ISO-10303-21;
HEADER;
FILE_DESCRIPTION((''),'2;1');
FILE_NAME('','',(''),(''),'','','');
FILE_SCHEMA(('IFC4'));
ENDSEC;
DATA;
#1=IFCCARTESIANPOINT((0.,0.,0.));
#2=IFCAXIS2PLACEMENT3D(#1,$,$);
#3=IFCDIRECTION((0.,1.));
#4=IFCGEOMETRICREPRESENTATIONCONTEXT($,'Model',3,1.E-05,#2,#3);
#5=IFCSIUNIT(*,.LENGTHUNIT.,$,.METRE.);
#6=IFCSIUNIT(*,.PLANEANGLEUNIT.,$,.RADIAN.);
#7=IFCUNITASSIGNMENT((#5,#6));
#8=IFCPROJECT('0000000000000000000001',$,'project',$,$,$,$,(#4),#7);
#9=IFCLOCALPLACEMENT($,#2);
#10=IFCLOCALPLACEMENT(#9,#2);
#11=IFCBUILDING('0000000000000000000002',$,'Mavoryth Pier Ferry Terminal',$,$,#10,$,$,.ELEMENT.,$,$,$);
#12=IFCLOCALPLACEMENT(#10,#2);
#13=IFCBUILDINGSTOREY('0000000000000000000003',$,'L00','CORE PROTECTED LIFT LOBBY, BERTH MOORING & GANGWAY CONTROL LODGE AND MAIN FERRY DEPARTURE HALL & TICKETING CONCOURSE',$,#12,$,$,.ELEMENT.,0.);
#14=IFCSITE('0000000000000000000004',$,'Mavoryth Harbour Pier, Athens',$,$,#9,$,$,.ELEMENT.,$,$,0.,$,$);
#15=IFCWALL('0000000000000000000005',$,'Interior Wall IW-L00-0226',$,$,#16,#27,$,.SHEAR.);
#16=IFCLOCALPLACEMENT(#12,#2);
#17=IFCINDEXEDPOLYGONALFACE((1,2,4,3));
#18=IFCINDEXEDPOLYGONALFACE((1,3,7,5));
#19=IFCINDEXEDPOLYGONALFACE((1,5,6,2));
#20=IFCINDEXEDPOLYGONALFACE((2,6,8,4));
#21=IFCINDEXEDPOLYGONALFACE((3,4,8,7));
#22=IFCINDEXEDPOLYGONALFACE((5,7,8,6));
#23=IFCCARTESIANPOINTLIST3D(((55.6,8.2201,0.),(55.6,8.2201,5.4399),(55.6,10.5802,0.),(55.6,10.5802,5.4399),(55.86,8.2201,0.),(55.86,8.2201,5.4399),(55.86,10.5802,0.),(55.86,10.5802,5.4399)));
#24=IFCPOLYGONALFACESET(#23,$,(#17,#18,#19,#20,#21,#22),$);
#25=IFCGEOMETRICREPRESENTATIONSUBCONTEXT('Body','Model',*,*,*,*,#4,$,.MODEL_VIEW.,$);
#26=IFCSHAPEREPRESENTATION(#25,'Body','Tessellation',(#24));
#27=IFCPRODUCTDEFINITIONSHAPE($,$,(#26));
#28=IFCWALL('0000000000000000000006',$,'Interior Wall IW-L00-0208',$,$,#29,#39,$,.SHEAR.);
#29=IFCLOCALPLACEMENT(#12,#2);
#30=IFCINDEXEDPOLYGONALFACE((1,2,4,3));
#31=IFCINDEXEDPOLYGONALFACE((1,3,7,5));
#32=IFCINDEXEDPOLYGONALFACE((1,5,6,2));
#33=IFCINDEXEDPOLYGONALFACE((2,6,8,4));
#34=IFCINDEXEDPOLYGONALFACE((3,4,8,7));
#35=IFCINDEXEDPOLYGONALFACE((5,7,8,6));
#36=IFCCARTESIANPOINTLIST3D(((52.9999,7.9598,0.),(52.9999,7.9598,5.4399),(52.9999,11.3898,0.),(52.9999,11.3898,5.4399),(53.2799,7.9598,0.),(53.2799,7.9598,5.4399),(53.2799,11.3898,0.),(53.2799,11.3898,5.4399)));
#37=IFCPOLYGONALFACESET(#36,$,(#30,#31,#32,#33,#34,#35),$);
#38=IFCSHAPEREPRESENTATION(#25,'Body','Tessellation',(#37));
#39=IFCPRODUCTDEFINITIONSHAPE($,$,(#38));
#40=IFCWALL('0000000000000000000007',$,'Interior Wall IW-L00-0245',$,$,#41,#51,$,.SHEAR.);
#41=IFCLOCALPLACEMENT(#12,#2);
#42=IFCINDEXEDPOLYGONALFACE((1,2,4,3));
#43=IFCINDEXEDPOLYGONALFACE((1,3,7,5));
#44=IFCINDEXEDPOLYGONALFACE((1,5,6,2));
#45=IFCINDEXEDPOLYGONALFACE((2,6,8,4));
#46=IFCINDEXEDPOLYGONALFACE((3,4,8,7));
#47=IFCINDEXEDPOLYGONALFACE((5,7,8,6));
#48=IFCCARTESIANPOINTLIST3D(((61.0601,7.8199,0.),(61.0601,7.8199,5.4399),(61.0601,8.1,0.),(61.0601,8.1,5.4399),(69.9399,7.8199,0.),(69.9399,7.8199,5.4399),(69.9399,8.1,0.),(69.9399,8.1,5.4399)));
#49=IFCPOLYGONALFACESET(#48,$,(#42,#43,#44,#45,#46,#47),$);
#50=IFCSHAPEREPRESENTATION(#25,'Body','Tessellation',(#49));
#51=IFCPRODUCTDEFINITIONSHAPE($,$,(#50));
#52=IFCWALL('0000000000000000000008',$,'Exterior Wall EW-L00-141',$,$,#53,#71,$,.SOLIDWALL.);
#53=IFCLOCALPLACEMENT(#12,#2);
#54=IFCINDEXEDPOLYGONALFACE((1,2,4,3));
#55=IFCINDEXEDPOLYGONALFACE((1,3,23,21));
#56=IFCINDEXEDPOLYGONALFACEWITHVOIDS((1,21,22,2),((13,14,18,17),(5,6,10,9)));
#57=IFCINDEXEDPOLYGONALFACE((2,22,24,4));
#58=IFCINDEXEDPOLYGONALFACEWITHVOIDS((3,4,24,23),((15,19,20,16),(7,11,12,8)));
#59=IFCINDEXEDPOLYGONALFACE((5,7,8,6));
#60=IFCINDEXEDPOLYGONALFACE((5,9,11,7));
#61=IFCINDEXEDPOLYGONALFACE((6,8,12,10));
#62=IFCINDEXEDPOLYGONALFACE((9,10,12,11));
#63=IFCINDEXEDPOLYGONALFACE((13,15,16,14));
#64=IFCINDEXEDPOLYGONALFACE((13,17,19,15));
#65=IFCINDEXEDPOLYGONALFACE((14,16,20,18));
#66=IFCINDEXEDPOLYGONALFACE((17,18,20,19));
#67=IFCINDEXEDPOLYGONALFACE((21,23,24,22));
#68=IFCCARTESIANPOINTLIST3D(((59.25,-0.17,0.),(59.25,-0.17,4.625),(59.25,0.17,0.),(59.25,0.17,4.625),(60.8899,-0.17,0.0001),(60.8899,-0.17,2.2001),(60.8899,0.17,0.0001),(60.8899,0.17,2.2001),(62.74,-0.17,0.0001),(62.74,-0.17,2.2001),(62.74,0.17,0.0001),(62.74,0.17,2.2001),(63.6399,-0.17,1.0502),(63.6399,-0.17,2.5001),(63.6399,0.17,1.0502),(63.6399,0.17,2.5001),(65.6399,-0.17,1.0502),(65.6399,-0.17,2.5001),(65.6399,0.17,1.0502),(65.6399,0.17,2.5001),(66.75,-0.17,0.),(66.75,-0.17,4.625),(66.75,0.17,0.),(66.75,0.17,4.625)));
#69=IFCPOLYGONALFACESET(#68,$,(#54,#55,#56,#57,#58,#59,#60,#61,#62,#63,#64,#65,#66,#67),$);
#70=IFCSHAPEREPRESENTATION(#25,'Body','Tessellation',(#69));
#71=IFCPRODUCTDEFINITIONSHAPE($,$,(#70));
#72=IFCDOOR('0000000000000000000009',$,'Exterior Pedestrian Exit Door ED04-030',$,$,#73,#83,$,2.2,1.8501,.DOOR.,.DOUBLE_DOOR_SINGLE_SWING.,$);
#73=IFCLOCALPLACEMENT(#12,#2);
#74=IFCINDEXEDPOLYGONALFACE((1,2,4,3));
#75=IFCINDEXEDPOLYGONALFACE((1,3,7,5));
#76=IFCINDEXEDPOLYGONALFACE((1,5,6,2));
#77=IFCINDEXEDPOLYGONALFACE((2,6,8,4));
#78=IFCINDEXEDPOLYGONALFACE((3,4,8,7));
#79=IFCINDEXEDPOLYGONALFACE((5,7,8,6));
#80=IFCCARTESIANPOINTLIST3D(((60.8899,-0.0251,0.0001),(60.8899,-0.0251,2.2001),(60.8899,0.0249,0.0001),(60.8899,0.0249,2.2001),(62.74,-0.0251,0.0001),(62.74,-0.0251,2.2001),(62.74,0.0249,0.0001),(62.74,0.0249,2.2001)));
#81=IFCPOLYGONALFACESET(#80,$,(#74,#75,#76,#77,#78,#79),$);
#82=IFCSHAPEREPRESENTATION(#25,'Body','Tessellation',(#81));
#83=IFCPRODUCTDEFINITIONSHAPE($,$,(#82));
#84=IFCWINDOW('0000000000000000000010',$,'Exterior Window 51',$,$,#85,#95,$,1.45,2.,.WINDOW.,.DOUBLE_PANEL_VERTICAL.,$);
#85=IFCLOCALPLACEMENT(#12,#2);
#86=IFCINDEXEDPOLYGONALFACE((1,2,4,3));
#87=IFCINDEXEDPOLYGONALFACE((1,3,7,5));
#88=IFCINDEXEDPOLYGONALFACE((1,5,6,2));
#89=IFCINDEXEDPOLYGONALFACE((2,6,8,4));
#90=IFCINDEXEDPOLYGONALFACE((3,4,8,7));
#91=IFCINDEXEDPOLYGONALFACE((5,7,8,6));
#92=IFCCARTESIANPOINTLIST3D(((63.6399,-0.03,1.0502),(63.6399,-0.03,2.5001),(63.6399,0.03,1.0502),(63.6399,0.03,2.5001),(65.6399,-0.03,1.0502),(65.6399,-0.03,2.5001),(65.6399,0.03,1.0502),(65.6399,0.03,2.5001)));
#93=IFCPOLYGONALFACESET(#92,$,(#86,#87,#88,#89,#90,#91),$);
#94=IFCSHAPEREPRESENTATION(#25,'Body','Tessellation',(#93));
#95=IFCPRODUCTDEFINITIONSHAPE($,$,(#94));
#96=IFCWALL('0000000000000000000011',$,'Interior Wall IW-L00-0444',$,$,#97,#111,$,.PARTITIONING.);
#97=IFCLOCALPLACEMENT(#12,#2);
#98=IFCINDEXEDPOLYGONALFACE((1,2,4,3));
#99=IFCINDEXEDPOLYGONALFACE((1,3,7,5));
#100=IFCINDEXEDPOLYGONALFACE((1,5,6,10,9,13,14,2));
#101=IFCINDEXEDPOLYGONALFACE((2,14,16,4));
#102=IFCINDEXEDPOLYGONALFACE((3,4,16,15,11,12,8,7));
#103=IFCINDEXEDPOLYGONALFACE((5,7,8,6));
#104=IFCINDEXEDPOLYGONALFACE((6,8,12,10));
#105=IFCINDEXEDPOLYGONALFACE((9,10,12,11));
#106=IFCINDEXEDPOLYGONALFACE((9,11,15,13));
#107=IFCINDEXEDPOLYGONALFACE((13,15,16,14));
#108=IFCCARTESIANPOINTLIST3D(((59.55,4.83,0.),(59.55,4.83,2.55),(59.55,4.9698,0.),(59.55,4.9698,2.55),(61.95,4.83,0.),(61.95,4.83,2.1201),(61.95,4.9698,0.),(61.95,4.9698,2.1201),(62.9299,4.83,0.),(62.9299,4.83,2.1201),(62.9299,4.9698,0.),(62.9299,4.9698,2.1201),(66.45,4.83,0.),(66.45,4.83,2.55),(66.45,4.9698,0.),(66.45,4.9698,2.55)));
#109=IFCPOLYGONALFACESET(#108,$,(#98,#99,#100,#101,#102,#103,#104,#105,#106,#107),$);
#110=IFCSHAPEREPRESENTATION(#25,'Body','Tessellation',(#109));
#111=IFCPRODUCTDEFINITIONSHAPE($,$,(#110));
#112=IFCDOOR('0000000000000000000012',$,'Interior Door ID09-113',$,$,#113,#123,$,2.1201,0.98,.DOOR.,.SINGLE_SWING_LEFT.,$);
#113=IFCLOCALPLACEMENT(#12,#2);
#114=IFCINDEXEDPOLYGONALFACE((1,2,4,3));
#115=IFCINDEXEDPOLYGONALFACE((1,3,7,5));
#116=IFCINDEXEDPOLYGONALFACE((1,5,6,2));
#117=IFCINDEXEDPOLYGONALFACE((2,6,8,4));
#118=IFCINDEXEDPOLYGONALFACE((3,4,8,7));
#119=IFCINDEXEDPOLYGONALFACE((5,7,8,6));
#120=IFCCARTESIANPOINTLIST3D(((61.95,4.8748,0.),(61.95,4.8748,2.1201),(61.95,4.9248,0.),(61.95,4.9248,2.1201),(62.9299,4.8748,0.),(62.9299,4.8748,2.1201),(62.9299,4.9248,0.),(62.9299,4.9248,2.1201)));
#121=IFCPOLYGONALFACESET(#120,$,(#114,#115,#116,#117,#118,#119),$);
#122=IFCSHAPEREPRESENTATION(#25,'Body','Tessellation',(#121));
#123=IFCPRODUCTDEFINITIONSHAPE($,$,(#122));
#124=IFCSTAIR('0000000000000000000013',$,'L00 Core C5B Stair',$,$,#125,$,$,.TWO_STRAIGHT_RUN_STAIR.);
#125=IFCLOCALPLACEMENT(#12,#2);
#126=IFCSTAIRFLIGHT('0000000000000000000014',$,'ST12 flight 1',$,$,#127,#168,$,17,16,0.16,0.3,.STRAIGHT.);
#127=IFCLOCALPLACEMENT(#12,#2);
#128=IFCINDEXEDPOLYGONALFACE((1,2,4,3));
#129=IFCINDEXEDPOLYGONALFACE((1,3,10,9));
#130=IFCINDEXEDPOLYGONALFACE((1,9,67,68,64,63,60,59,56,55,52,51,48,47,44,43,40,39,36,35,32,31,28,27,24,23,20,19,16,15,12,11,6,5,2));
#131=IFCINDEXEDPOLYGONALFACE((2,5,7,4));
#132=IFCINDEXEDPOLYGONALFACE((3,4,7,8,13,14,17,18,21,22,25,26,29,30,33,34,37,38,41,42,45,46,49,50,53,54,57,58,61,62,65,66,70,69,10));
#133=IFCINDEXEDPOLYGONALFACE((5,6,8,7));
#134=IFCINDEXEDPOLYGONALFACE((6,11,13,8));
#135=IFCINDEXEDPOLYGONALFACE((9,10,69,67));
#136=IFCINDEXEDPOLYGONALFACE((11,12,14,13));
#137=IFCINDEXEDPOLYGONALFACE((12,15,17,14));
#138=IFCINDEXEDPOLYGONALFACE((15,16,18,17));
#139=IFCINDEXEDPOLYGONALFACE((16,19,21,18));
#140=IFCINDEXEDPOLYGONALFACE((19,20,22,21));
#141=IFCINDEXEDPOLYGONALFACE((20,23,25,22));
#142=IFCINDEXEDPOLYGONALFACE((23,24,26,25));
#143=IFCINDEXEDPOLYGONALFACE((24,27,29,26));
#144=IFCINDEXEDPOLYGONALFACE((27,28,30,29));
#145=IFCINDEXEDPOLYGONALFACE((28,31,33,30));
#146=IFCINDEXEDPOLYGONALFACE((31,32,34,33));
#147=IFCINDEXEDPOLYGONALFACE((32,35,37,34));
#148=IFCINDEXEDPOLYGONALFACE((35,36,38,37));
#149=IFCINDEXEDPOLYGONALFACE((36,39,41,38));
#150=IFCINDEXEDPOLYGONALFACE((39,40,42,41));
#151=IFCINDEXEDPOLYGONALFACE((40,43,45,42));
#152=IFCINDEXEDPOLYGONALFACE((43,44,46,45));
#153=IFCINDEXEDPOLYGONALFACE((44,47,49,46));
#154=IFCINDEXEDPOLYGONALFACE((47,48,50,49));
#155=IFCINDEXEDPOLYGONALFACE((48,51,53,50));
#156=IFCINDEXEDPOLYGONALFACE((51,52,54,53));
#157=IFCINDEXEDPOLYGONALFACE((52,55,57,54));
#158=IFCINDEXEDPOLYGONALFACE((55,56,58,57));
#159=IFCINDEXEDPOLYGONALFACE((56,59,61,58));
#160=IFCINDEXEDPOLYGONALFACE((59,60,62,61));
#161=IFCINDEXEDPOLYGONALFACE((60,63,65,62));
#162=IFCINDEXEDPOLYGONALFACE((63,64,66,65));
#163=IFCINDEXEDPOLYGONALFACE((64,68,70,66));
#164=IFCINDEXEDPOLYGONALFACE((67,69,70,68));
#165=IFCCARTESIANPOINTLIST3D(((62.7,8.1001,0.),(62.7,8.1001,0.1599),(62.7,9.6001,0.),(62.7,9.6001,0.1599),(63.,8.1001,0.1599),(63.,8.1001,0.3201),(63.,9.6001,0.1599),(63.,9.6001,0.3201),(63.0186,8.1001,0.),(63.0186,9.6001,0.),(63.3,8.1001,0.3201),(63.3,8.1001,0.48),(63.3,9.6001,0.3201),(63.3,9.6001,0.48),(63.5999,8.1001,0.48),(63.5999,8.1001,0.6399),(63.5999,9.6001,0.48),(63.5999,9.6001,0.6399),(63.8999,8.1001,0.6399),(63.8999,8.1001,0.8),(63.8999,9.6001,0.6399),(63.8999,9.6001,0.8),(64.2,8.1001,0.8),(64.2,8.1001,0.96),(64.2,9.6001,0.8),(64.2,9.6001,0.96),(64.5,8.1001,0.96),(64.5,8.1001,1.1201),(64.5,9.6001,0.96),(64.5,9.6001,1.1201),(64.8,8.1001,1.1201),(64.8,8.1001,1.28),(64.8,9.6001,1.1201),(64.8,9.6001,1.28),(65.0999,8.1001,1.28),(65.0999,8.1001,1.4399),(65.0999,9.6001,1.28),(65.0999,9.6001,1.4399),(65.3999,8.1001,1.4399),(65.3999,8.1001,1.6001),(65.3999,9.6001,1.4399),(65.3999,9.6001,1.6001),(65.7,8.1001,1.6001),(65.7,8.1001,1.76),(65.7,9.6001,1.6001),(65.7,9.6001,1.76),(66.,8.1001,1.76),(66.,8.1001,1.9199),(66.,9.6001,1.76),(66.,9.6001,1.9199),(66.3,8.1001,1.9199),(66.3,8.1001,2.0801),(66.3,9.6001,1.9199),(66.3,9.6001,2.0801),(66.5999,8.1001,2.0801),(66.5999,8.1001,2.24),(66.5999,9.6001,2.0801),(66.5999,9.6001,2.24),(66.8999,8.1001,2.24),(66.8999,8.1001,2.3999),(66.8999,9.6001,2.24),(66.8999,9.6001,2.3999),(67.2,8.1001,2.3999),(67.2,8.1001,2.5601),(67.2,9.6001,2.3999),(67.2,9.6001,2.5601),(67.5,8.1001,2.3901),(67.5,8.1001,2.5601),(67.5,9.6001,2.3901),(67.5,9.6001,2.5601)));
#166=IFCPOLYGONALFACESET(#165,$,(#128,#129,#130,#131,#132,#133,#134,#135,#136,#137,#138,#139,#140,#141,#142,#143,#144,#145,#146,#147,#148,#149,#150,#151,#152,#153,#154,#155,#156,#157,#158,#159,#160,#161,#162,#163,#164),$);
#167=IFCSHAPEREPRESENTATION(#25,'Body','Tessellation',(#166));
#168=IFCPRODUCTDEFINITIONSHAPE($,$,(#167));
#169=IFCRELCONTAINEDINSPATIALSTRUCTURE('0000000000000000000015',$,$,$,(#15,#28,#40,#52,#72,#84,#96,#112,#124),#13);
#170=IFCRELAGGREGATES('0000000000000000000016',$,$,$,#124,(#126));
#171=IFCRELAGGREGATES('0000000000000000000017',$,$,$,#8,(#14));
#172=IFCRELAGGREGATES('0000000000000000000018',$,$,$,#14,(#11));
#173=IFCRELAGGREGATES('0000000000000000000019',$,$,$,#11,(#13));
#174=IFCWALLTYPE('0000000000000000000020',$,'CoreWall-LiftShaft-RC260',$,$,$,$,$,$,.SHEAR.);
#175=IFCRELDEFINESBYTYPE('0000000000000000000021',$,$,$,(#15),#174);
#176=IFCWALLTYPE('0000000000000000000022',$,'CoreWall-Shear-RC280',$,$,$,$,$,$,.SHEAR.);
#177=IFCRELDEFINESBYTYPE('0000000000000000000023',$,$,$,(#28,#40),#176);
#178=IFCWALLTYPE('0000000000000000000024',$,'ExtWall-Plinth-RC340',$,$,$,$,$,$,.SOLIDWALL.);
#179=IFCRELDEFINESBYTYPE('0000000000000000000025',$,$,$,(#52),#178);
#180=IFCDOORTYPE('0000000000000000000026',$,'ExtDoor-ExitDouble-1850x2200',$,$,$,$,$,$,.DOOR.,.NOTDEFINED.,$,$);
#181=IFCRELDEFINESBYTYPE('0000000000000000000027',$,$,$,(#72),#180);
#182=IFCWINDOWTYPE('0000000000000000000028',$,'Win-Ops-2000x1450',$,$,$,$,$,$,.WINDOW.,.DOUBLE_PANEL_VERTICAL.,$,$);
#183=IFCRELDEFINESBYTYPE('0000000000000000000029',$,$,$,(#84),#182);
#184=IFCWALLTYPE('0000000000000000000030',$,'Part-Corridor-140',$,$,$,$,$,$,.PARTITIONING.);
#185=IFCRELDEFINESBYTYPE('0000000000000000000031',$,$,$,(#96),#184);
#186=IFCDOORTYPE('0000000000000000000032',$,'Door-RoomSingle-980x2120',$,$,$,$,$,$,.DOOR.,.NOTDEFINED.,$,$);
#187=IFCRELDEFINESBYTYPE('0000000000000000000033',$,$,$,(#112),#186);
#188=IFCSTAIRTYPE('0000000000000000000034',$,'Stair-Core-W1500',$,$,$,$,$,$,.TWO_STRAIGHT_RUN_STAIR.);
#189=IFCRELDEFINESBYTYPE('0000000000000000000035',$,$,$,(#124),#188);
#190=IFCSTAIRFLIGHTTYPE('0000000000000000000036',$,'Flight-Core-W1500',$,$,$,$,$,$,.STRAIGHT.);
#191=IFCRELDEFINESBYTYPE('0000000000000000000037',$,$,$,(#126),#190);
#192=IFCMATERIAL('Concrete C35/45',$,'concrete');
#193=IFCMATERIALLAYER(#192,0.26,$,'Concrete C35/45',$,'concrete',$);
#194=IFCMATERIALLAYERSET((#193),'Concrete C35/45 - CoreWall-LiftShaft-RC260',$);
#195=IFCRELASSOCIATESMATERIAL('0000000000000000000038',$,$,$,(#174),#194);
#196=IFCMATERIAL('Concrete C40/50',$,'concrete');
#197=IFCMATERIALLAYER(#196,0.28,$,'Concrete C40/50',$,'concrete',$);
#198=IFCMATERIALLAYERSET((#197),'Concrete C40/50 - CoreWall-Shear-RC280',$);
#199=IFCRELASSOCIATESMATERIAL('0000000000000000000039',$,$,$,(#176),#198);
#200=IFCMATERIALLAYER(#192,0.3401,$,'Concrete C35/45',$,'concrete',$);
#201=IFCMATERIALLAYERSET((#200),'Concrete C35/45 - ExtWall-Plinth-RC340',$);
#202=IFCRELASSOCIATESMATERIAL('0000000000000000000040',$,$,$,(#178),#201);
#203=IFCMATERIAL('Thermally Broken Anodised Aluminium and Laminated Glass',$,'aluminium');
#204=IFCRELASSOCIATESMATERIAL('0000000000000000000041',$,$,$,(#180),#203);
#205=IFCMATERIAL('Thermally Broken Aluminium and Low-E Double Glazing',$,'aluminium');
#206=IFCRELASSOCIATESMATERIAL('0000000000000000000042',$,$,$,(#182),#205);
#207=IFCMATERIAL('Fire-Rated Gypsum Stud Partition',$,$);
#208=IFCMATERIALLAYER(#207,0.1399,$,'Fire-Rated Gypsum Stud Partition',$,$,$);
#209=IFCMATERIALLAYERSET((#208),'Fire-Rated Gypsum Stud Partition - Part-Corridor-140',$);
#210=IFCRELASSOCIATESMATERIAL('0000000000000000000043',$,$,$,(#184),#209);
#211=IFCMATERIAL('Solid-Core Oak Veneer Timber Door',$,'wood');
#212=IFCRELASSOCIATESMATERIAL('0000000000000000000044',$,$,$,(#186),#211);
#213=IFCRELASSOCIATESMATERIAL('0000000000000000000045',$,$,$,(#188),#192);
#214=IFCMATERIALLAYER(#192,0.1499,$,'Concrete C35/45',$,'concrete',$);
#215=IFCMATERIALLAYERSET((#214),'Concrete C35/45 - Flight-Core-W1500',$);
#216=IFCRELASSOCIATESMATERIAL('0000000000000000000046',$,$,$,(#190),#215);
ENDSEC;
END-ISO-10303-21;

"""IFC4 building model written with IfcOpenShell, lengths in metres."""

from ifc_helpers import new_model, si_unit, direction, frame, frame_2d, origin, place, context, subcontext, project, spatial, polyline, rectangle, outline, extrude, material, layer, layer_set, type_object, element, fill, aggregate, save


model = new_model("IFC4")

# Units and contexts
model_context = context("Model", 3, precision=1e-05, world=origin(), true_north=direction((0.0, 1.0)))
body_context = subcontext(model_context, "Body", "Model", "MODEL_VIEW")
ifc_project = project(units=[si_unit("LENGTHUNIT", "METRE"), si_unit("PLANEANGLEUNIT", "RADIAN")], contexts=[model_context])

# Site, building, storey
site_placement = place(None, origin())
site = spatial("IfcSite", under=ifc_project, at=site_placement, Name="Mavoryth Harbour Pier, Athens", CompositionType="ELEMENT", RefElevation=0.0)
building_placement = place(site_placement, origin())
building = spatial("IfcBuilding", under=site, at=building_placement, Name="Mavoryth Pier Ferry Terminal", CompositionType="ELEMENT")
storey_placement = place(building_placement, origin())
storey = spatial("IfcBuildingStorey", under=building, at=storey_placement, Name="L00", Description="CORE PROTECTED LIFT LOBBY, BERTH MOORING & GANGWAY CONTROL LODGE AND MAIN FERRY DEPARTURE HALL & TICKETING CONCOURSE", CompositionType="ELEMENT", Elevation=0.0)

# Shared definitions
ifc_material_1 = material(Name="Concrete C35/45", Category="concrete")

# Shared definitions
ifc_material_2 = material(Name="Concrete C40/50", Category="concrete")

# Walls
ifc_layer_1 = layer(ifc_material_1, 0.26, Name="Concrete C35/45", Category="concrete")
ifc_layer_set_1 = layer_set([ifc_layer_1], Name="Concrete C35/45 - CoreWall-LiftShaft-RC260")
wall_type_1 = type_object("IfcWallType", Name="CoreWall-LiftShaft-RC260", PredefinedType="SHEAR", material=ifc_layer_set_1)
wall_1_placement = place(storey_placement, frame((55.73, 8.22, 0.0), z_axis=(0.0, 0.0, 1.0), x_axis=(0.0, 1.0, 0.0)))
element("IfcWall", 1, at=wall_1_placement, inside=storey, type_object=wall_type_1, Name="Interior Wall IW-L00-0226", PredefinedType="SHEAR", context=body_context, shape_type="SweptSolid", body=[
    extrude(rectangle(XDim=2.3601, YDim=0.26, at=frame_2d((1.1802, 0.0))), origin(), (0.0, 0.0, 1.0), 5.4399),
])
ifc_layer_2 = layer(ifc_material_2, 0.28, Name="Concrete C40/50", Category="concrete")
ifc_layer_set_2 = layer_set([ifc_layer_2], Name="Concrete C40/50 - CoreWall-Shear-RC280")
wall_type_2 = type_object("IfcWallType", Name="CoreWall-Shear-RC280", PredefinedType="SHEAR", material=ifc_layer_set_2)
wall_2_placement = place(storey_placement, frame((53.1399, 7.96, 0.0), z_axis=(0.0, 0.0, 1.0), x_axis=(0.0, 1.0, 0.0)))
element("IfcWall", 2, at=wall_2_placement, inside=storey, type_object=wall_type_2, Name="Interior Wall IW-L00-0208", PredefinedType="SHEAR", context=body_context, shape_type="SweptSolid", body=[
    extrude(rectangle(XDim=3.4299, YDim=0.28, at=frame_2d((1.7148, 0.0))), origin(), (0.0, 0.0, 1.0), 5.4399),
])
wall_3_placement = place(storey_placement, frame((61.0601, 7.96, 0.0), z_axis=(0.0, 0.0, 1.0), x_axis=(1.0, 0.0, 0.0)))
element("IfcWall", 3, at=wall_3_placement, inside=storey, type_object=wall_type_2, Name="Interior Wall IW-L00-0245", PredefinedType="SHEAR", context=body_context, shape_type="SweptSolid", body=[
    extrude(rectangle(XDim=8.8799, YDim=0.28, at=frame_2d((4.4399, 0.0))), origin(), (0.0, 0.0, 1.0), 5.4399),
])

# Wall, openings, door, window
ifc_layer_3 = layer(ifc_material_1, 0.3401, Name="Concrete C35/45", Category="concrete")
ifc_layer_set_3 = layer_set([ifc_layer_3], Name="Concrete C35/45 - ExtWall-Plinth-RC340")
wall_type_3 = type_object("IfcWallType", Name="ExtWall-Plinth-RC340", PredefinedType="SOLIDWALL", material=ifc_layer_set_3)
wall_4_placement = place(storey_placement, frame((59.25, 0.0, 0.0), z_axis=(0.0, 0.0, 1.0), x_axis=(1.0, 0.0, 0.0)))
wall_4 = element("IfcWall", 4, at=wall_4_placement, inside=storey, type_object=wall_type_3, Name="Exterior Wall EW-L00-141", PredefinedType="SOLIDWALL", context=body_context, shape_type="SweptSolid", body=[
    extrude(rectangle(XDim=7.5, YDim=0.3401, at=frame_2d((3.75, 0.0))), origin(), (0.0, 0.0, 1.0), 4.625),
])
opening_1_placement = place(wall_4_placement, frame((1.6399, 0.0, 0.0)))
opening_1 = element("IfcOpeningElement", 5, at=opening_1_placement, cuts=wall_4, PredefinedType="OPENING", context=body_context, shape_type="SweptSolid", body=[
    extrude(rectangle(XDim=1.8501, YDim=2.2, at=frame_2d((0.925, 1.1001))), frame((0.0, 0.1799, 0.0), z_axis=(0.0, -1.0, 0.0), x_axis=(1.0, 0.0, 0.0)), (0.0, 0.0, 1.0), 0.3601),
])
opening_2_placement = place(wall_4_placement, frame((4.3899, 0.0, 1.05)))
opening_2 = element("IfcOpeningElement", 6, at=opening_2_placement, cuts=wall_4, PredefinedType="OPENING", context=body_context, shape_type="SweptSolid", body=[
    extrude(rectangle(XDim=2.0, YDim=1.45, at=frame_2d((1.0, 0.7251))), frame((0.0, 0.1799, 0.0), z_axis=(0.0, -1.0, 0.0), x_axis=(1.0, 0.0, 0.0)), (0.0, 0.0, 1.0), 0.3601),
])
ifc_material_3 = material(Name="Thermally Broken Anodised Aluminium and Laminated Glass", Category="aluminium")
door_type_1 = type_object("IfcDoorType", Name="ExtDoor-ExitDouble-1850x2200", OperationType="NOTDEFINED", PredefinedType="DOOR", material=ifc_material_3)
door_1_placement = place(opening_1_placement, origin())
door_1 = element("IfcDoor", 7, at=door_1_placement, inside=storey, type_object=door_type_1, Name="Exterior Pedestrian Exit Door ED04-030", OperationType="DOUBLE_DOOR_SINGLE_SWING", OverallHeight=2.2, OverallWidth=1.8501, PredefinedType="DOOR", context=body_context, shape_type="SweptSolid", body=[
    extrude(rectangle(XDim=1.8501, YDim=2.2, at=frame_2d((0.925, 1.1001))), frame((0.0, 0.0249, 0.0), z_axis=(0.0, -1.0, 0.0), x_axis=(1.0, 0.0, 0.0)), (0.0, 0.0, 1.0), 0.05),
])
fill(opening_1, door_1)
ifc_material_4 = material(Name="Thermally Broken Aluminium and Low-E Double Glazing", Category="aluminium")
window_type = type_object("IfcWindowType", Name="Win-Ops-2000x1450", PartitioningType="DOUBLE_PANEL_VERTICAL", PredefinedType="WINDOW", material=ifc_material_4)
window_placement = place(opening_2_placement, origin())
window = element("IfcWindow", 8, at=window_placement, inside=storey, type_object=window_type, Name="Exterior Window 51", OverallHeight=1.45, OverallWidth=2.0, PartitioningType="DOUBLE_PANEL_VERTICAL", PredefinedType="WINDOW", context=body_context, shape_type="SweptSolid", body=[
    extrude(rectangle(XDim=2.0, YDim=1.45, at=frame_2d((1.0, 0.7251))), frame((0.0, 0.03, 0.0), z_axis=(0.0, -1.0, 0.0), x_axis=(1.0, 0.0, 0.0)), (0.0, 0.0, 1.0), 0.0601),
])
fill(opening_2, window)

# Wall, opening, door
ifc_material_5 = material(Name="Fire-Rated Gypsum Stud Partition")
ifc_layer_4 = layer(ifc_material_5, 0.1399, Name="Fire-Rated Gypsum Stud Partition")
ifc_layer_set_4 = layer_set([ifc_layer_4], Name="Fire-Rated Gypsum Stud Partition - Part-Corridor-140")
wall_type_4 = type_object("IfcWallType", Name="Part-Corridor-140", PredefinedType="PARTITIONING", material=ifc_layer_set_4)
wall_5_placement = place(storey_placement, frame((59.55, 4.8999, 0.0), z_axis=(0.0, 0.0, 1.0), x_axis=(1.0, 0.0, 0.0)))
wall_5 = element("IfcWall", 9, at=wall_5_placement, inside=storey, type_object=wall_type_4, Name="Interior Wall IW-L00-0444", PredefinedType="PARTITIONING", context=body_context, shape_type="SweptSolid", body=[
    extrude(rectangle(XDim=6.8999, YDim=0.1399, at=frame_2d((3.45, 0.0))), origin(), (0.0, 0.0, 1.0), 2.55),
])
opening_3_placement = place(wall_5_placement, frame((2.3999, 0.0, 0.0)))
opening_3 = element("IfcOpeningElement", 10, at=opening_3_placement, cuts=wall_5, PredefinedType="OPENING", context=body_context, shape_type="SweptSolid", body=[
    extrude(rectangle(XDim=0.98, YDim=2.1201, at=frame_2d((0.49, 1.0601))), frame((0.0, 0.0798, 0.0), z_axis=(0.0, -1.0, 0.0), x_axis=(1.0, 0.0, 0.0)), (0.0, 0.0, 1.0), 0.1599),
])
ifc_material_6 = material(Name="Solid-Core Oak Veneer Timber Door", Category="wood")
door_type_2 = type_object("IfcDoorType", Name="Door-RoomSingle-980x2120", OperationType="NOTDEFINED", PredefinedType="DOOR", material=ifc_material_6)
door_2_placement = place(opening_3_placement, origin())
door_2 = element("IfcDoor", 11, at=door_2_placement, inside=storey, type_object=door_type_2, Name="Interior Door ID09-113", OperationType="SINGLE_SWING_LEFT", OverallHeight=2.1201, OverallWidth=0.98, PredefinedType="DOOR", context=body_context, shape_type="SweptSolid", body=[
    extrude(rectangle(XDim=0.98, YDim=2.1201, at=frame_2d((0.49, 1.0601))), frame((0.0, 0.0249, 0.0), z_axis=(0.0, -1.0, 0.0), x_axis=(1.0, 0.0, 0.0)), (0.0, 0.0, 1.0), 0.05),
])
fill(opening_3, door_2)

# Stair, stair flight
stair_type = type_object("IfcStairType", Name="Stair-Core-W1500", PredefinedType="TWO_STRAIGHT_RUN_STAIR", material=ifc_material_1)
stair_placement = place(storey_placement, origin())
stair = element("IfcStair", 12, at=stair_placement, inside=storey, type_object=stair_type, Name="L00 Core C5B Stair", PredefinedType="TWO_STRAIGHT_RUN_STAIR")
ifc_layer_5 = layer(ifc_material_1, 0.1499, Name="Concrete C35/45", Category="concrete")
ifc_layer_set_5 = layer_set([ifc_layer_5], Name="Concrete C35/45 - Flight-Core-W1500")
stair_flight_type = type_object("IfcStairFlightType", Name="Flight-Core-W1500", PredefinedType="STRAIGHT", material=ifc_layer_set_5)
stair_flight_placement = place(storey_placement, frame((62.7, 8.8501, 0.0), z_axis=(0.0, 0.0, 1.0), x_axis=(1.0, 0.0, 0.0)))
stair_flight = element("IfcStairFlight", 13, at=stair_flight_placement, type_object=stair_flight_type, Name="ST12 flight 1", NumberOfRisers=17, NumberOfTreads=16, PredefinedType="STRAIGHT", RiserHeight=0.16, TreadLength=0.3, context=body_context, shape_type="SweptSolid", body=[
    extrude(outline(polyline([(0.0, 0.0), (0.0, 0.1599), (0.3, 0.1599), (0.3, 0.3201), (0.6001, 0.3201), (0.6001, 0.48), (0.8999, 0.48), (0.8999, 0.6399), (1.2, 0.6399), (1.2, 0.8), (1.5, 0.8), (1.5, 0.96), (1.8, 0.96), (1.8, 1.1201), (2.1001, 1.1201), (2.1001, 1.28), (2.3999, 1.28), (2.3999, 1.4399), (2.7, 1.4399), (2.7, 1.6001), (3.0, 1.6001), (3.0, 1.76), (3.3, 1.76), (3.3, 1.9199), (3.6001, 1.9199), (3.6001, 2.0801), (3.8999, 2.0801), (3.8999, 2.24), (4.2, 2.24), (4.2, 2.3999), (4.5, 2.3999), (4.5, 2.5601), (4.8, 2.5601), (4.8, 2.72), (4.8, 2.3901), (0.3186, 0.0), (0.0, 0.0)])), frame((0.0, 0.75, 0.0), z_axis=(0.0, -1.0, 0.0), x_axis=(1.0, 0.0, 0.0)), (0.0, 0.0, 1.0), 1.5),
])
aggregate(stair, [stair_flight])

save(model, "model.ifc")
